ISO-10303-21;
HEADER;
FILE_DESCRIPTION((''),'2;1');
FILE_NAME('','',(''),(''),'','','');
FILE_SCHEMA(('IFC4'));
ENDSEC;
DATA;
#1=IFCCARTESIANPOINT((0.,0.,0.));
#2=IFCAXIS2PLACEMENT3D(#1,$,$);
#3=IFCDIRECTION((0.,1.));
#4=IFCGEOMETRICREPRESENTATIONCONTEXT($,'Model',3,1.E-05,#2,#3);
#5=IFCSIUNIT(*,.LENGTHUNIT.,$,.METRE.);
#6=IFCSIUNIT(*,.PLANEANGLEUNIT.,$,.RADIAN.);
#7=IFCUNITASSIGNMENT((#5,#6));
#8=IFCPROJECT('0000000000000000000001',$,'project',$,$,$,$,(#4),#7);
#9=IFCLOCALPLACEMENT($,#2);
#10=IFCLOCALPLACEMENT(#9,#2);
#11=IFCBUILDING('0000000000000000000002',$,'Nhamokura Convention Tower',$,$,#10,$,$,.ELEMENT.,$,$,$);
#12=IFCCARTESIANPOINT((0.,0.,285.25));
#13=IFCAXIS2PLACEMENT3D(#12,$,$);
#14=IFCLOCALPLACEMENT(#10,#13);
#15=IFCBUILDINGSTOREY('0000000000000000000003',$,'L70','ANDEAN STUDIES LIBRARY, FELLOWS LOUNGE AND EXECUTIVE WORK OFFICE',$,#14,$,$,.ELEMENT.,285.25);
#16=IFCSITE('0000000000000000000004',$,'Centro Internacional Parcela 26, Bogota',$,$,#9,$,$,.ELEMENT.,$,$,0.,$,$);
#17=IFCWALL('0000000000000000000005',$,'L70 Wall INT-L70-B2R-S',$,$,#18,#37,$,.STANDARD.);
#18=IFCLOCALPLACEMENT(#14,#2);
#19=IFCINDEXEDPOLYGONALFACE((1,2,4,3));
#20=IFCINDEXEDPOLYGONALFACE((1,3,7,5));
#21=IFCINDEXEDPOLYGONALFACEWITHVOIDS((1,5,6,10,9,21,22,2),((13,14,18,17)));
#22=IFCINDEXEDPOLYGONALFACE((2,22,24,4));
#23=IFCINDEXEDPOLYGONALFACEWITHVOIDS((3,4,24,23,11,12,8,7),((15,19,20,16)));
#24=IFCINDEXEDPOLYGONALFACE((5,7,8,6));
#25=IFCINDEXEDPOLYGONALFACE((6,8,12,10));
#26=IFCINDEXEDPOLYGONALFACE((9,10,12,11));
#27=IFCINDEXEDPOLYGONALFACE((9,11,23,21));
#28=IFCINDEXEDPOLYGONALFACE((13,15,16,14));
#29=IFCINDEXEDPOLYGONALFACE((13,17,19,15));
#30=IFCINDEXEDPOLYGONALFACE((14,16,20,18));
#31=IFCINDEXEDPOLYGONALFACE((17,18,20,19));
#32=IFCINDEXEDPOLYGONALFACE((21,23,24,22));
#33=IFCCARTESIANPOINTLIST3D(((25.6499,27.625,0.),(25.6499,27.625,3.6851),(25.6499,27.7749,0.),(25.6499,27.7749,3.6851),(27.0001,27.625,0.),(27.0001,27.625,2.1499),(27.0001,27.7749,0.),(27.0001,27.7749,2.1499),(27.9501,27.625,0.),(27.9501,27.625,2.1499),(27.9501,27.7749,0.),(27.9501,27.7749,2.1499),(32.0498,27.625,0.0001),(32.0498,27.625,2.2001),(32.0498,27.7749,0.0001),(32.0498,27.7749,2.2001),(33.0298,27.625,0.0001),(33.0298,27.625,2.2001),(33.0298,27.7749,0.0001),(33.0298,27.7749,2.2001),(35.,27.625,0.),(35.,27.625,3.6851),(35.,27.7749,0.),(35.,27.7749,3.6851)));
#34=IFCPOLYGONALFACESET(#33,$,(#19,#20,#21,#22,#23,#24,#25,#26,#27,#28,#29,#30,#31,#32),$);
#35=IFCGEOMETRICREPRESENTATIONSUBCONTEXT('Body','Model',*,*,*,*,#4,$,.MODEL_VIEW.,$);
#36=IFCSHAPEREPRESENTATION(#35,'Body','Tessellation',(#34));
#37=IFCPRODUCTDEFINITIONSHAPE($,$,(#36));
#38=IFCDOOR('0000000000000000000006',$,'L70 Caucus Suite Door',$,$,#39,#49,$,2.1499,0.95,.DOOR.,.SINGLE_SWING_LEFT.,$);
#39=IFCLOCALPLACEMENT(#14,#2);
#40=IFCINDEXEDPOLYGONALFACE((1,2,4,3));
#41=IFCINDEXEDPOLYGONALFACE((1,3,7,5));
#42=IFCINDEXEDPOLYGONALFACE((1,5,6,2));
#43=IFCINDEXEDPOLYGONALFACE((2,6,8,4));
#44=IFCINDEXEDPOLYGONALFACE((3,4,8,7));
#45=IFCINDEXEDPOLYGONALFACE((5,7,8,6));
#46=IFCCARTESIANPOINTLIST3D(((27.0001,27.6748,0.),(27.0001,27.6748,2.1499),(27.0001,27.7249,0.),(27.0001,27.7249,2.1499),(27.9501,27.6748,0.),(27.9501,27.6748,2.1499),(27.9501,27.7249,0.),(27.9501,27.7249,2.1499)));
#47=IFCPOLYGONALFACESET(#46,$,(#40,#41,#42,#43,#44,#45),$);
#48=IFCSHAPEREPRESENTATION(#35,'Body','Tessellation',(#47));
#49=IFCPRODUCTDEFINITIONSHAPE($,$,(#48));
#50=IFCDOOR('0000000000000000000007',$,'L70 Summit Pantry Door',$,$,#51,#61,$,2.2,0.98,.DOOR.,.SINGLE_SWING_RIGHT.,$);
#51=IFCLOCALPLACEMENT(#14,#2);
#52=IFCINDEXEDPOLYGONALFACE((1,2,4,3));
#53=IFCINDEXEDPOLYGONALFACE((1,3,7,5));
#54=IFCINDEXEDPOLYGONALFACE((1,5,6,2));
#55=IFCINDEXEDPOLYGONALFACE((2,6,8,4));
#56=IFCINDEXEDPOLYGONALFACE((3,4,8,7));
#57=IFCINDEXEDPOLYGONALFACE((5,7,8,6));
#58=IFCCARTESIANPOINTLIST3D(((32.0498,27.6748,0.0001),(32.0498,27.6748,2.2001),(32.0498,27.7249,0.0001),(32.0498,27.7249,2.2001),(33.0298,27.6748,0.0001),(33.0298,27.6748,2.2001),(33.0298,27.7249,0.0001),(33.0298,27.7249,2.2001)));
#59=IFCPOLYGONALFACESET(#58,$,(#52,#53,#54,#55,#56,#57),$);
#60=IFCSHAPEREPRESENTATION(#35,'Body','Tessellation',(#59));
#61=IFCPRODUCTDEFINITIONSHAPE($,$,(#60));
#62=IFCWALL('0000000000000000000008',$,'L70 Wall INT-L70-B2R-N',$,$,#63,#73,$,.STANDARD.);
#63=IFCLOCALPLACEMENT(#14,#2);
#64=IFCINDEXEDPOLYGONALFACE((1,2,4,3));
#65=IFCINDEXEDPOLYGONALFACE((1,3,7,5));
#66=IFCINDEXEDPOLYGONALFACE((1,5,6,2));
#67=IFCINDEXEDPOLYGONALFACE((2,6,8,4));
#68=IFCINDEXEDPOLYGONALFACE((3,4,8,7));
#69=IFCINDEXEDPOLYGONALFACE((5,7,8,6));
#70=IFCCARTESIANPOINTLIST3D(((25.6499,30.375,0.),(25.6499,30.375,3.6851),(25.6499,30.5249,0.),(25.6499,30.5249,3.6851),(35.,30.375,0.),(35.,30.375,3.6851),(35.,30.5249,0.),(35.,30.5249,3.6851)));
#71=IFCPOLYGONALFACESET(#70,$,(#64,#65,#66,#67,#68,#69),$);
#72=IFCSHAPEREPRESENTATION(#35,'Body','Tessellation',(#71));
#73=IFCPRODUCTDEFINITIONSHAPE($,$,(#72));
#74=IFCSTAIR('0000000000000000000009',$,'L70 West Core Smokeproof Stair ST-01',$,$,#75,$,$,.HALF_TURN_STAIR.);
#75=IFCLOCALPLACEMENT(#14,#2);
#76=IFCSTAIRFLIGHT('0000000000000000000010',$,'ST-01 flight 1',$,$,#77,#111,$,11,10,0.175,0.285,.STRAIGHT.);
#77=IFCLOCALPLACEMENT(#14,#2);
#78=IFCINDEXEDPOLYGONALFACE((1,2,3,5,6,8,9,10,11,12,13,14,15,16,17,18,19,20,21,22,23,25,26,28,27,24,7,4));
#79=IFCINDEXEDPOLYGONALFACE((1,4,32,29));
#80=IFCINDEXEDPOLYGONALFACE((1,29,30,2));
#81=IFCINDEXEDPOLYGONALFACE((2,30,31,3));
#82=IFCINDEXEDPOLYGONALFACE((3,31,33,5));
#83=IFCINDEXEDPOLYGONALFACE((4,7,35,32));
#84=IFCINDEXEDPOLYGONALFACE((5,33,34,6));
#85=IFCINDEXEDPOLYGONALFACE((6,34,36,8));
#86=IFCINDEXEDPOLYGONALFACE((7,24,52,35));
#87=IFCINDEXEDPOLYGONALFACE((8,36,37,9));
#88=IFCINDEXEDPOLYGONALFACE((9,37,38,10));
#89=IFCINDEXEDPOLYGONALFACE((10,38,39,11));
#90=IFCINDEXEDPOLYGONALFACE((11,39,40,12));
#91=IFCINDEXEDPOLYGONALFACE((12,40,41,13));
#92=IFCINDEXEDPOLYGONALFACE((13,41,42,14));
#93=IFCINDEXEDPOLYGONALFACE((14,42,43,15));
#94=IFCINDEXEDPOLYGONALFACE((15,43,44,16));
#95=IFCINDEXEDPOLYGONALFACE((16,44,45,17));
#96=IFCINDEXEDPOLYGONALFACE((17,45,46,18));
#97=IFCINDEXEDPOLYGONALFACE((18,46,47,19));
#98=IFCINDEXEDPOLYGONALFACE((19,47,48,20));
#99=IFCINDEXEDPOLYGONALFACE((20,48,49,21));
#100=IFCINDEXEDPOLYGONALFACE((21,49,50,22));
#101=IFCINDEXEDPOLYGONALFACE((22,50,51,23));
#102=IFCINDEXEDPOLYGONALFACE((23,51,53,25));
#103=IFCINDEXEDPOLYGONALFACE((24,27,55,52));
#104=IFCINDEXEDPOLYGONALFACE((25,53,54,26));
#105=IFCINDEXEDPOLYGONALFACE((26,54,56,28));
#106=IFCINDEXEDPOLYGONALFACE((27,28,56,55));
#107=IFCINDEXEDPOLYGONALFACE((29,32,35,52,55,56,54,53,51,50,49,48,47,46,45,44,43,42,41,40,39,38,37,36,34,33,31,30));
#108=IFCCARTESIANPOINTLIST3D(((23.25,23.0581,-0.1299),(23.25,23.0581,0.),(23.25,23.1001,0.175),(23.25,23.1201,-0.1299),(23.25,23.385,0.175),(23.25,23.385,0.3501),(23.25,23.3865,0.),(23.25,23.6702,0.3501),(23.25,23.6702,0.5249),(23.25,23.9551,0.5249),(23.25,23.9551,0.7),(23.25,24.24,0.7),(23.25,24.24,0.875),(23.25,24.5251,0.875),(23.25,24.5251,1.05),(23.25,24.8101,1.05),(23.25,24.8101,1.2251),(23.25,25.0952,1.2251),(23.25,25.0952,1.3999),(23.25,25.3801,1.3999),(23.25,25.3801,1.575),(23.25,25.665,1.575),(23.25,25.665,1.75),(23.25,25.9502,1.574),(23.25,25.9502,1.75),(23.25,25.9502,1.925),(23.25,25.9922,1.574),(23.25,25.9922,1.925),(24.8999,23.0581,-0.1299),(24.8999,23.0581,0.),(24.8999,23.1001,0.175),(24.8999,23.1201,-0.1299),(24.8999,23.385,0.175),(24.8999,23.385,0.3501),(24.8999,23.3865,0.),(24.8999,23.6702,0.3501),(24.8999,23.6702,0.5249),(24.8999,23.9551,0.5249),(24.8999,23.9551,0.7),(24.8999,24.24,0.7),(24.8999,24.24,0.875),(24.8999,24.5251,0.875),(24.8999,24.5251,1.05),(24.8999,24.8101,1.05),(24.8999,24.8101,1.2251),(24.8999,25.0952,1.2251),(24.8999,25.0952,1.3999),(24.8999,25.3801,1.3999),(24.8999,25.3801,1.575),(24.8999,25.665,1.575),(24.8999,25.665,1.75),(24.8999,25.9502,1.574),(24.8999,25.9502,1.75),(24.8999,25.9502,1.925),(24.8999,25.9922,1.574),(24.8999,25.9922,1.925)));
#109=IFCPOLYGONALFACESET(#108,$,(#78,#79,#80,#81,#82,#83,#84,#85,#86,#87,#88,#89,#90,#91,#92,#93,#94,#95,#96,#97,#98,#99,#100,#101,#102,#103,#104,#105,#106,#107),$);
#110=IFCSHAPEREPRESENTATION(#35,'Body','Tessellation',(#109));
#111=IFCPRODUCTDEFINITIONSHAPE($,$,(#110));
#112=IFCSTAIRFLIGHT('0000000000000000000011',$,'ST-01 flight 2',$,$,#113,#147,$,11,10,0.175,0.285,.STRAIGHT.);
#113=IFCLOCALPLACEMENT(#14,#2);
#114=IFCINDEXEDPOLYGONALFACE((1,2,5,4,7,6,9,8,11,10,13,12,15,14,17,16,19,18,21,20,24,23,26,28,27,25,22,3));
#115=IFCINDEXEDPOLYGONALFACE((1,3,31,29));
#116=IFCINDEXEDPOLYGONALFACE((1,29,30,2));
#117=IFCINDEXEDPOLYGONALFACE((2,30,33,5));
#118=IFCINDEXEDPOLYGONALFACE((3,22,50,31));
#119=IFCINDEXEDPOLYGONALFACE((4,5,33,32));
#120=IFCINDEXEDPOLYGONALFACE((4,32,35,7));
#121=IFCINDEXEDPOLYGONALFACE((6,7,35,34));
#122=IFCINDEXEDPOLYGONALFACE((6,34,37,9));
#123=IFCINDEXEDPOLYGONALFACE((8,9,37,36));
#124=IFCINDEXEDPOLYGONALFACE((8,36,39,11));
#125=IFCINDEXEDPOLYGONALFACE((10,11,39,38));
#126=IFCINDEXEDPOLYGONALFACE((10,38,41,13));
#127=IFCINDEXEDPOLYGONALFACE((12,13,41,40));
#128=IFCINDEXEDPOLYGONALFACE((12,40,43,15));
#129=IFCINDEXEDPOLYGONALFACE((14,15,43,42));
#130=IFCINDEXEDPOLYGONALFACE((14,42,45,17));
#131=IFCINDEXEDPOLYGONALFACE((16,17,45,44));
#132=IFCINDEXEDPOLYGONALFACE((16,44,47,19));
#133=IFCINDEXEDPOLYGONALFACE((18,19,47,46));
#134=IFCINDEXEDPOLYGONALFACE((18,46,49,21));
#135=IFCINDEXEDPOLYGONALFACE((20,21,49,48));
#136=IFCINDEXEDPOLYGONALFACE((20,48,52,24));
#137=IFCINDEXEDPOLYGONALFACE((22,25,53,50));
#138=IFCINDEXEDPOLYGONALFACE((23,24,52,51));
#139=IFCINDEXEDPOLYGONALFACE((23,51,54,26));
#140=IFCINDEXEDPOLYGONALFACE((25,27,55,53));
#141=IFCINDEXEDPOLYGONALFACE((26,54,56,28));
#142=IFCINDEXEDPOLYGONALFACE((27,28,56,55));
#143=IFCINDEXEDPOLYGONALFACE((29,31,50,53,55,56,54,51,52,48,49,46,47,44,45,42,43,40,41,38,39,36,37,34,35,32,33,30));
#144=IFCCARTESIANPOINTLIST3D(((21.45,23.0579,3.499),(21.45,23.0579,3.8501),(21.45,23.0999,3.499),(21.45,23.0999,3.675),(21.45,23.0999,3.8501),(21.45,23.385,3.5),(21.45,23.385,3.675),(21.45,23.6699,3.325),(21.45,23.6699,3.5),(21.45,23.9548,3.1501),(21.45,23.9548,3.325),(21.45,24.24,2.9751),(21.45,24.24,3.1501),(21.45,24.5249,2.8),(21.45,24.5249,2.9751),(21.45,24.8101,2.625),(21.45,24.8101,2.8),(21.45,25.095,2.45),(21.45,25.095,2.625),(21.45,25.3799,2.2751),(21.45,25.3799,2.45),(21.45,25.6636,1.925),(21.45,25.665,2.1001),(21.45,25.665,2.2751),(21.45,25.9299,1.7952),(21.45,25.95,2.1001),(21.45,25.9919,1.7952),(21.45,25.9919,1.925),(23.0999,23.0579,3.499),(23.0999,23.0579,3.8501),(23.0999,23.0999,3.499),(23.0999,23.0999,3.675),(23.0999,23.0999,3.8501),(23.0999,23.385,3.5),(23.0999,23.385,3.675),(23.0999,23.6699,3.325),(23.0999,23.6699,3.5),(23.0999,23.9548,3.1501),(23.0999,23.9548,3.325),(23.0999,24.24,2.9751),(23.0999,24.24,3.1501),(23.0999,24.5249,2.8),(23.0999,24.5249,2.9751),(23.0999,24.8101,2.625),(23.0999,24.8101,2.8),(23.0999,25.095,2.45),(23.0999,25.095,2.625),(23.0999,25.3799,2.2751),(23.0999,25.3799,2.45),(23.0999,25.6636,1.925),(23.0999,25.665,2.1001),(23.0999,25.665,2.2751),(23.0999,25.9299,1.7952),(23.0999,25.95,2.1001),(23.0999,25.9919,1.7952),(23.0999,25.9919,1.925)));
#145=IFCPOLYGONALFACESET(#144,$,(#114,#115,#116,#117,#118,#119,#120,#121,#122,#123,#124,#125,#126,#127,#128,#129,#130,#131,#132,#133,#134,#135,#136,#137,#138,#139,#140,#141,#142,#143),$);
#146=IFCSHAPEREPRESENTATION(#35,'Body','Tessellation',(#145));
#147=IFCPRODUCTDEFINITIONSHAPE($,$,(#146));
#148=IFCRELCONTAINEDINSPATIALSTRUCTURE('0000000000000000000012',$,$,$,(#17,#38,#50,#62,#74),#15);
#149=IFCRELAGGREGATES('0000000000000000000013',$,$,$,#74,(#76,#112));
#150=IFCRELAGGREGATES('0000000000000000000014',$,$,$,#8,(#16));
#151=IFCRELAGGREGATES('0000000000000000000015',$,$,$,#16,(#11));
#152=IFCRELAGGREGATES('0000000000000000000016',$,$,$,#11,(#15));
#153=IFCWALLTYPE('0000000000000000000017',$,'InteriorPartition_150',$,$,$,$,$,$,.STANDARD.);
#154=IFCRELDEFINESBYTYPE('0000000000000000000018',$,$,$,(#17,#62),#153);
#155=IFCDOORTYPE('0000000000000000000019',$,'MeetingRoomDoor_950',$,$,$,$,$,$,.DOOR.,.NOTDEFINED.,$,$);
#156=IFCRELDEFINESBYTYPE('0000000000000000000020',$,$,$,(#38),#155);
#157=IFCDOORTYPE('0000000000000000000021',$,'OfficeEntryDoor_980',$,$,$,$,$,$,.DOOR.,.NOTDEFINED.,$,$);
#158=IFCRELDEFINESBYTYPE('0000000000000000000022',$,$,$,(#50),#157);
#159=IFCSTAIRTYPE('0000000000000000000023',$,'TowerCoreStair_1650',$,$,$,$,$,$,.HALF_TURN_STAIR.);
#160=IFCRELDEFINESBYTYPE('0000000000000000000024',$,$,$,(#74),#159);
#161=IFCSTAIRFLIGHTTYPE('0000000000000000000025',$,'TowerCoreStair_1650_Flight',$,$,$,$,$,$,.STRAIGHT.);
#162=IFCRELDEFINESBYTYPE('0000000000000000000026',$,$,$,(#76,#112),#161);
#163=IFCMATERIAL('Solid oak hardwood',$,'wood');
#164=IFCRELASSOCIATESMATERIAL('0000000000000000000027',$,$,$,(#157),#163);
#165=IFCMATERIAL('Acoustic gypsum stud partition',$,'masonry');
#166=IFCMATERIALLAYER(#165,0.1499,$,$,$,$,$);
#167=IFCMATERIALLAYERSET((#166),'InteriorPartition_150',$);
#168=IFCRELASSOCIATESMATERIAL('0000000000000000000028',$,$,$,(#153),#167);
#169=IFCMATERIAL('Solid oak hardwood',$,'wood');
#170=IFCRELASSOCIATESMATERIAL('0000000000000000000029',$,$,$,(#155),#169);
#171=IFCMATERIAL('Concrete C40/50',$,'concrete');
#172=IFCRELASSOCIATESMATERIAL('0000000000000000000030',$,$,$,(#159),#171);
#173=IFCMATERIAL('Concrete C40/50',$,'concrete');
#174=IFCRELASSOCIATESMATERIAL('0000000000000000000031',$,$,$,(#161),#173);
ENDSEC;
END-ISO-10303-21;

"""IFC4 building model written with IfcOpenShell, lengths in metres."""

from ifc_helpers import new_model, si_unit, direction, frame, frame_2d, origin, place, context, subcontext, project, spatial, polyline, rectangle, outline, extrude, material, layer, layer_set, type_object, element, fill, aggregate, save


model = new_model("IFC4")

# Units and contexts
model_context = context("Model", 3, precision=1e-05, world=origin(), true_north=direction((0.0, 1.0)))
body_context = subcontext(model_context, "Body", "Model", "MODEL_VIEW")
ifc_project = project(units=[si_unit("LENGTHUNIT", "METRE"), si_unit("PLANEANGLEUNIT", "RADIAN")], contexts=[model_context])

# Site, building, storey
site_placement = place(None, origin())
site = spatial("IfcSite", under=ifc_project, at=site_placement, Name="Centro Internacional Parcela 26, Bogota", CompositionType="ELEMENT", RefElevation=0.0)
building_placement = place(site_placement, origin())
building = spatial("IfcBuilding", under=site, at=building_placement, Name="Nhamokura Convention Tower", CompositionType="ELEMENT")
storey_placement = place(building_placement, frame((0.0, 0.0, 285.25)))
storey = spatial("IfcBuildingStorey", under=building, at=storey_placement, Name="L70", Description="ANDEAN STUDIES LIBRARY, FELLOWS LOUNGE AND EXECUTIVE WORK OFFICE", CompositionType="ELEMENT", Elevation=285.25)

# Shared definitions
ifc_material_1 = material(Name="Solid oak hardwood", Category="wood")
door_type_1 = type_object("IfcDoorType", Name="OfficeEntryDoor_980", OperationType="NOTDEFINED", PredefinedType="DOOR", material=ifc_material_1)

# Wall, openings, doors
ifc_material_2 = material(Name="Acoustic gypsum stud partition", Category="masonry")
ifc_layer_1 = layer(ifc_material_2, 0.1499)
ifc_layer_set_1 = layer_set([ifc_layer_1], Name="InteriorPartition_150")
wall_type_1 = type_object("IfcWallType", Name="InteriorPartition_150", PredefinedType="STANDARD", material=ifc_layer_set_1)
ifc_material_3 = material(Name="Solid oak hardwood", Category="wood")
door_type_2 = type_object("IfcDoorType", Name="MeetingRoomDoor_950", OperationType="NOTDEFINED", PredefinedType="DOOR", material=ifc_material_3)
wall_1_placement = place(storey_placement, frame((25.6499, 27.7, 0.0), z_axis=(0.0, 0.0, 1.0), x_axis=(1.0, 0.0, 0.0)))
wall_1 = element("IfcWall", 1, at=wall_1_placement, inside=storey, type_object=wall_type_1, Name="L70 Wall INT-L70-B2R-S", PredefinedType="STANDARD", context=body_context, shape_type="SweptSolid", body=[
    extrude(rectangle(XDim=9.3501, YDim=0.1499, at=frame_2d((4.675, 0.0))), origin(), (0.0, 0.0, 1.0), 3.6851),
])
opening_1_placement = place(wall_1_placement, frame((1.3501, 0.0, 0.0)))
opening_1 = element("IfcOpeningElement", 2, at=opening_1_placement, cuts=wall_1, PredefinedType="OPENING", context=body_context, shape_type="SweptSolid", body=[
    extrude(rectangle(XDim=0.95, YDim=2.1499, at=frame_2d((0.4751, 1.075))), frame((0.0, 0.085, 0.0), z_axis=(0.0, -1.0, 0.0), x_axis=(1.0, 0.0, 0.0)), (0.0, 0.0, 1.0), 0.1699),
])
opening_2_placement = place(wall_1_placement, frame((6.3999, 0.0, 0.0)))
opening_2 = element("IfcOpeningElement", 3, at=opening_2_placement, cuts=wall_1, PredefinedType="OPENING", context=body_context, shape_type="SweptSolid", body=[
    extrude(rectangle(XDim=0.98, YDim=2.2, at=frame_2d((0.49, 1.1001))), frame((0.0, 0.085, 0.0), z_axis=(0.0, -1.0, 0.0), x_axis=(1.0, 0.0, 0.0)), (0.0, 0.0, 1.0), 0.1699),
])
door_1_placement = place(opening_1_placement, origin())
door_1 = element("IfcDoor", 4, at=door_1_placement, inside=storey, type_object=door_type_2, Name="L70 Caucus Suite Door", OperationType="SINGLE_SWING_LEFT", OverallHeight=2.1499, OverallWidth=0.95, PredefinedType="DOOR", context=body_context, shape_type="SweptSolid", body=[
    extrude(rectangle(XDim=0.95, YDim=2.1499, at=frame_2d((0.4751, 1.075))), frame((0.0, 0.0249, 0.0), z_axis=(0.0, -1.0, 0.0), x_axis=(1.0, 0.0, 0.0)), (0.0, 0.0, 1.0), 0.05),
])
fill(opening_1, door_1)
door_2_placement = place(opening_2_placement, origin())
door_2 = element("IfcDoor", 5, at=door_2_placement, inside=storey, type_object=door_type_1, Name="L70 Summit Pantry Door", OperationType="SINGLE_SWING_RIGHT", OverallHeight=2.2, OverallWidth=0.98, PredefinedType="DOOR", context=body_context, shape_type="SweptSolid", body=[
    extrude(rectangle(XDim=0.98, YDim=2.2, at=frame_2d((0.49, 1.1001))), frame((0.0, 0.0249, 0.0), z_axis=(0.0, -1.0, 0.0), x_axis=(1.0, 0.0, 0.0)), (0.0, 0.0, 1.0), 0.05),
])
fill(opening_2, door_2)

# Wall
wall_2_placement = place(storey_placement, frame((25.6499, 30.45, 0.0), z_axis=(0.0, 0.0, 1.0), x_axis=(1.0, 0.0, 0.0)))
element("IfcWall", 6, at=wall_2_placement, inside=storey, type_object=wall_type_1, Name="L70 Wall INT-L70-B2R-N", PredefinedType="STANDARD", context=body_context, shape_type="SweptSolid", body=[
    extrude(rectangle(XDim=9.3501, YDim=0.1499, at=frame_2d((4.675, 0.0))), origin(), (0.0, 0.0, 1.0), 3.6851),
])

# Stair, stair flights
ifc_material_4 = material(Name="Concrete C40/50", Category="concrete")
stair_type = type_object("IfcStairType", Name="TowerCoreStair_1650", PredefinedType="HALF_TURN_STAIR", material=ifc_material_4)
stair_placement = place(storey_placement, origin())
stair = element("IfcStair", 7, at=stair_placement, inside=storey, type_object=stair_type, Name="L70 West Core Smokeproof Stair ST-01", PredefinedType="HALF_TURN_STAIR")
ifc_material_5 = material(Name="Concrete C40/50", Category="concrete")
stair_flight_type = type_object("IfcStairFlightType", Name="TowerCoreStair_1650_Flight", PredefinedType="STRAIGHT", material=ifc_material_5)
stair_flight_1_placement = place(storey_placement, frame((24.075, 23.1001, 0.0), z_axis=(0.0, 0.0, 1.0), x_axis=(0.0, 1.0, 0.0)))
stair_flight_1 = element("IfcStairFlight", 8, at=stair_flight_1_placement, type_object=stair_flight_type, Name="ST-01 flight 1", NumberOfRisers=11, NumberOfTreads=10, PredefinedType="STRAIGHT", RiserHeight=0.175, TreadLength=0.285, context=body_context, shape_type="SweptSolid", body=[
    extrude(outline(polyline([(-0.042, 0.0), (0.0, 0.175), (0.2849, 0.175), (0.2849, 0.3501), (0.5701, 0.3501), (0.5701, 0.5249), (0.855, 0.5249), (0.855, 0.7), (1.1399, 0.7), (1.1399, 0.875), (1.425, 0.875), (1.425, 1.05), (1.71, 1.05), (1.71, 1.2251), (1.9951, 1.2251), (1.9951, 1.3999), (2.28, 1.3999), (2.28, 1.575), (2.5649, 1.575), (2.5649, 1.75), (2.8501, 1.75), (2.8501, 1.925), (2.8921, 1.925), (2.8921, 1.574), (2.8501, 1.574), (0.2864, 0.0), (0.02, -0.1299), (-0.042, -0.1299), (-0.042, 0.0)])), frame((0.0, 0.825, 0.0), z_axis=(0.0, -1.0, 0.0), x_axis=(1.0, 0.0, 0.0)), (0.0, 0.0, 1.0), 1.6499),
])
stair_flight_2_placement = place(storey_placement, frame((22.2749, 25.95, 1.925), z_axis=(0.0, 0.0, 1.0), x_axis=(0.0, -1.0, 0.0)))
stair_flight_2 = element("IfcStairFlight", 9, at=stair_flight_2_placement, type_object=stair_flight_type, Name="ST-01 flight 2", NumberOfRisers=11, NumberOfTreads=10, PredefinedType="STRAIGHT", RiserHeight=0.175, TreadLength=0.285, context=body_context, shape_type="SweptSolid", body=[
    extrude(outline(polyline([(-0.042, 0.0), (0.0, 0.175), (0.2849, 0.175), (0.2849, 0.3501), (0.5701, 0.3501), (0.5701, 0.5249), (0.855, 0.5249), (0.855, 0.7), (1.1399, 0.7), (1.1399, 0.875), (1.425, 0.875), (1.425, 1.05), (1.71, 1.05), (1.71, 1.2251), (1.9951, 1.2251), (1.9951, 1.3999), (2.28, 1.3999), (2.28, 1.575), (2.5649, 1.575), (2.5649, 1.75), (2.8501, 1.75), (2.8501, 1.925), (2.8921, 1.925), (2.8921, 1.574), (2.8501, 1.574), (0.2864, 0.0), (0.02, -0.1299), (-0.042, -0.1299), (-0.042, 0.0)])), frame((0.0, 0.825, 0.0), z_axis=(0.0, -1.0, 0.0), x_axis=(1.0, 0.0, 0.0)), (0.0, 0.0, 1.0), 1.6499),
])
aggregate(stair, [stair_flight_1, stair_flight_2])

save(model, "model.ifc")
